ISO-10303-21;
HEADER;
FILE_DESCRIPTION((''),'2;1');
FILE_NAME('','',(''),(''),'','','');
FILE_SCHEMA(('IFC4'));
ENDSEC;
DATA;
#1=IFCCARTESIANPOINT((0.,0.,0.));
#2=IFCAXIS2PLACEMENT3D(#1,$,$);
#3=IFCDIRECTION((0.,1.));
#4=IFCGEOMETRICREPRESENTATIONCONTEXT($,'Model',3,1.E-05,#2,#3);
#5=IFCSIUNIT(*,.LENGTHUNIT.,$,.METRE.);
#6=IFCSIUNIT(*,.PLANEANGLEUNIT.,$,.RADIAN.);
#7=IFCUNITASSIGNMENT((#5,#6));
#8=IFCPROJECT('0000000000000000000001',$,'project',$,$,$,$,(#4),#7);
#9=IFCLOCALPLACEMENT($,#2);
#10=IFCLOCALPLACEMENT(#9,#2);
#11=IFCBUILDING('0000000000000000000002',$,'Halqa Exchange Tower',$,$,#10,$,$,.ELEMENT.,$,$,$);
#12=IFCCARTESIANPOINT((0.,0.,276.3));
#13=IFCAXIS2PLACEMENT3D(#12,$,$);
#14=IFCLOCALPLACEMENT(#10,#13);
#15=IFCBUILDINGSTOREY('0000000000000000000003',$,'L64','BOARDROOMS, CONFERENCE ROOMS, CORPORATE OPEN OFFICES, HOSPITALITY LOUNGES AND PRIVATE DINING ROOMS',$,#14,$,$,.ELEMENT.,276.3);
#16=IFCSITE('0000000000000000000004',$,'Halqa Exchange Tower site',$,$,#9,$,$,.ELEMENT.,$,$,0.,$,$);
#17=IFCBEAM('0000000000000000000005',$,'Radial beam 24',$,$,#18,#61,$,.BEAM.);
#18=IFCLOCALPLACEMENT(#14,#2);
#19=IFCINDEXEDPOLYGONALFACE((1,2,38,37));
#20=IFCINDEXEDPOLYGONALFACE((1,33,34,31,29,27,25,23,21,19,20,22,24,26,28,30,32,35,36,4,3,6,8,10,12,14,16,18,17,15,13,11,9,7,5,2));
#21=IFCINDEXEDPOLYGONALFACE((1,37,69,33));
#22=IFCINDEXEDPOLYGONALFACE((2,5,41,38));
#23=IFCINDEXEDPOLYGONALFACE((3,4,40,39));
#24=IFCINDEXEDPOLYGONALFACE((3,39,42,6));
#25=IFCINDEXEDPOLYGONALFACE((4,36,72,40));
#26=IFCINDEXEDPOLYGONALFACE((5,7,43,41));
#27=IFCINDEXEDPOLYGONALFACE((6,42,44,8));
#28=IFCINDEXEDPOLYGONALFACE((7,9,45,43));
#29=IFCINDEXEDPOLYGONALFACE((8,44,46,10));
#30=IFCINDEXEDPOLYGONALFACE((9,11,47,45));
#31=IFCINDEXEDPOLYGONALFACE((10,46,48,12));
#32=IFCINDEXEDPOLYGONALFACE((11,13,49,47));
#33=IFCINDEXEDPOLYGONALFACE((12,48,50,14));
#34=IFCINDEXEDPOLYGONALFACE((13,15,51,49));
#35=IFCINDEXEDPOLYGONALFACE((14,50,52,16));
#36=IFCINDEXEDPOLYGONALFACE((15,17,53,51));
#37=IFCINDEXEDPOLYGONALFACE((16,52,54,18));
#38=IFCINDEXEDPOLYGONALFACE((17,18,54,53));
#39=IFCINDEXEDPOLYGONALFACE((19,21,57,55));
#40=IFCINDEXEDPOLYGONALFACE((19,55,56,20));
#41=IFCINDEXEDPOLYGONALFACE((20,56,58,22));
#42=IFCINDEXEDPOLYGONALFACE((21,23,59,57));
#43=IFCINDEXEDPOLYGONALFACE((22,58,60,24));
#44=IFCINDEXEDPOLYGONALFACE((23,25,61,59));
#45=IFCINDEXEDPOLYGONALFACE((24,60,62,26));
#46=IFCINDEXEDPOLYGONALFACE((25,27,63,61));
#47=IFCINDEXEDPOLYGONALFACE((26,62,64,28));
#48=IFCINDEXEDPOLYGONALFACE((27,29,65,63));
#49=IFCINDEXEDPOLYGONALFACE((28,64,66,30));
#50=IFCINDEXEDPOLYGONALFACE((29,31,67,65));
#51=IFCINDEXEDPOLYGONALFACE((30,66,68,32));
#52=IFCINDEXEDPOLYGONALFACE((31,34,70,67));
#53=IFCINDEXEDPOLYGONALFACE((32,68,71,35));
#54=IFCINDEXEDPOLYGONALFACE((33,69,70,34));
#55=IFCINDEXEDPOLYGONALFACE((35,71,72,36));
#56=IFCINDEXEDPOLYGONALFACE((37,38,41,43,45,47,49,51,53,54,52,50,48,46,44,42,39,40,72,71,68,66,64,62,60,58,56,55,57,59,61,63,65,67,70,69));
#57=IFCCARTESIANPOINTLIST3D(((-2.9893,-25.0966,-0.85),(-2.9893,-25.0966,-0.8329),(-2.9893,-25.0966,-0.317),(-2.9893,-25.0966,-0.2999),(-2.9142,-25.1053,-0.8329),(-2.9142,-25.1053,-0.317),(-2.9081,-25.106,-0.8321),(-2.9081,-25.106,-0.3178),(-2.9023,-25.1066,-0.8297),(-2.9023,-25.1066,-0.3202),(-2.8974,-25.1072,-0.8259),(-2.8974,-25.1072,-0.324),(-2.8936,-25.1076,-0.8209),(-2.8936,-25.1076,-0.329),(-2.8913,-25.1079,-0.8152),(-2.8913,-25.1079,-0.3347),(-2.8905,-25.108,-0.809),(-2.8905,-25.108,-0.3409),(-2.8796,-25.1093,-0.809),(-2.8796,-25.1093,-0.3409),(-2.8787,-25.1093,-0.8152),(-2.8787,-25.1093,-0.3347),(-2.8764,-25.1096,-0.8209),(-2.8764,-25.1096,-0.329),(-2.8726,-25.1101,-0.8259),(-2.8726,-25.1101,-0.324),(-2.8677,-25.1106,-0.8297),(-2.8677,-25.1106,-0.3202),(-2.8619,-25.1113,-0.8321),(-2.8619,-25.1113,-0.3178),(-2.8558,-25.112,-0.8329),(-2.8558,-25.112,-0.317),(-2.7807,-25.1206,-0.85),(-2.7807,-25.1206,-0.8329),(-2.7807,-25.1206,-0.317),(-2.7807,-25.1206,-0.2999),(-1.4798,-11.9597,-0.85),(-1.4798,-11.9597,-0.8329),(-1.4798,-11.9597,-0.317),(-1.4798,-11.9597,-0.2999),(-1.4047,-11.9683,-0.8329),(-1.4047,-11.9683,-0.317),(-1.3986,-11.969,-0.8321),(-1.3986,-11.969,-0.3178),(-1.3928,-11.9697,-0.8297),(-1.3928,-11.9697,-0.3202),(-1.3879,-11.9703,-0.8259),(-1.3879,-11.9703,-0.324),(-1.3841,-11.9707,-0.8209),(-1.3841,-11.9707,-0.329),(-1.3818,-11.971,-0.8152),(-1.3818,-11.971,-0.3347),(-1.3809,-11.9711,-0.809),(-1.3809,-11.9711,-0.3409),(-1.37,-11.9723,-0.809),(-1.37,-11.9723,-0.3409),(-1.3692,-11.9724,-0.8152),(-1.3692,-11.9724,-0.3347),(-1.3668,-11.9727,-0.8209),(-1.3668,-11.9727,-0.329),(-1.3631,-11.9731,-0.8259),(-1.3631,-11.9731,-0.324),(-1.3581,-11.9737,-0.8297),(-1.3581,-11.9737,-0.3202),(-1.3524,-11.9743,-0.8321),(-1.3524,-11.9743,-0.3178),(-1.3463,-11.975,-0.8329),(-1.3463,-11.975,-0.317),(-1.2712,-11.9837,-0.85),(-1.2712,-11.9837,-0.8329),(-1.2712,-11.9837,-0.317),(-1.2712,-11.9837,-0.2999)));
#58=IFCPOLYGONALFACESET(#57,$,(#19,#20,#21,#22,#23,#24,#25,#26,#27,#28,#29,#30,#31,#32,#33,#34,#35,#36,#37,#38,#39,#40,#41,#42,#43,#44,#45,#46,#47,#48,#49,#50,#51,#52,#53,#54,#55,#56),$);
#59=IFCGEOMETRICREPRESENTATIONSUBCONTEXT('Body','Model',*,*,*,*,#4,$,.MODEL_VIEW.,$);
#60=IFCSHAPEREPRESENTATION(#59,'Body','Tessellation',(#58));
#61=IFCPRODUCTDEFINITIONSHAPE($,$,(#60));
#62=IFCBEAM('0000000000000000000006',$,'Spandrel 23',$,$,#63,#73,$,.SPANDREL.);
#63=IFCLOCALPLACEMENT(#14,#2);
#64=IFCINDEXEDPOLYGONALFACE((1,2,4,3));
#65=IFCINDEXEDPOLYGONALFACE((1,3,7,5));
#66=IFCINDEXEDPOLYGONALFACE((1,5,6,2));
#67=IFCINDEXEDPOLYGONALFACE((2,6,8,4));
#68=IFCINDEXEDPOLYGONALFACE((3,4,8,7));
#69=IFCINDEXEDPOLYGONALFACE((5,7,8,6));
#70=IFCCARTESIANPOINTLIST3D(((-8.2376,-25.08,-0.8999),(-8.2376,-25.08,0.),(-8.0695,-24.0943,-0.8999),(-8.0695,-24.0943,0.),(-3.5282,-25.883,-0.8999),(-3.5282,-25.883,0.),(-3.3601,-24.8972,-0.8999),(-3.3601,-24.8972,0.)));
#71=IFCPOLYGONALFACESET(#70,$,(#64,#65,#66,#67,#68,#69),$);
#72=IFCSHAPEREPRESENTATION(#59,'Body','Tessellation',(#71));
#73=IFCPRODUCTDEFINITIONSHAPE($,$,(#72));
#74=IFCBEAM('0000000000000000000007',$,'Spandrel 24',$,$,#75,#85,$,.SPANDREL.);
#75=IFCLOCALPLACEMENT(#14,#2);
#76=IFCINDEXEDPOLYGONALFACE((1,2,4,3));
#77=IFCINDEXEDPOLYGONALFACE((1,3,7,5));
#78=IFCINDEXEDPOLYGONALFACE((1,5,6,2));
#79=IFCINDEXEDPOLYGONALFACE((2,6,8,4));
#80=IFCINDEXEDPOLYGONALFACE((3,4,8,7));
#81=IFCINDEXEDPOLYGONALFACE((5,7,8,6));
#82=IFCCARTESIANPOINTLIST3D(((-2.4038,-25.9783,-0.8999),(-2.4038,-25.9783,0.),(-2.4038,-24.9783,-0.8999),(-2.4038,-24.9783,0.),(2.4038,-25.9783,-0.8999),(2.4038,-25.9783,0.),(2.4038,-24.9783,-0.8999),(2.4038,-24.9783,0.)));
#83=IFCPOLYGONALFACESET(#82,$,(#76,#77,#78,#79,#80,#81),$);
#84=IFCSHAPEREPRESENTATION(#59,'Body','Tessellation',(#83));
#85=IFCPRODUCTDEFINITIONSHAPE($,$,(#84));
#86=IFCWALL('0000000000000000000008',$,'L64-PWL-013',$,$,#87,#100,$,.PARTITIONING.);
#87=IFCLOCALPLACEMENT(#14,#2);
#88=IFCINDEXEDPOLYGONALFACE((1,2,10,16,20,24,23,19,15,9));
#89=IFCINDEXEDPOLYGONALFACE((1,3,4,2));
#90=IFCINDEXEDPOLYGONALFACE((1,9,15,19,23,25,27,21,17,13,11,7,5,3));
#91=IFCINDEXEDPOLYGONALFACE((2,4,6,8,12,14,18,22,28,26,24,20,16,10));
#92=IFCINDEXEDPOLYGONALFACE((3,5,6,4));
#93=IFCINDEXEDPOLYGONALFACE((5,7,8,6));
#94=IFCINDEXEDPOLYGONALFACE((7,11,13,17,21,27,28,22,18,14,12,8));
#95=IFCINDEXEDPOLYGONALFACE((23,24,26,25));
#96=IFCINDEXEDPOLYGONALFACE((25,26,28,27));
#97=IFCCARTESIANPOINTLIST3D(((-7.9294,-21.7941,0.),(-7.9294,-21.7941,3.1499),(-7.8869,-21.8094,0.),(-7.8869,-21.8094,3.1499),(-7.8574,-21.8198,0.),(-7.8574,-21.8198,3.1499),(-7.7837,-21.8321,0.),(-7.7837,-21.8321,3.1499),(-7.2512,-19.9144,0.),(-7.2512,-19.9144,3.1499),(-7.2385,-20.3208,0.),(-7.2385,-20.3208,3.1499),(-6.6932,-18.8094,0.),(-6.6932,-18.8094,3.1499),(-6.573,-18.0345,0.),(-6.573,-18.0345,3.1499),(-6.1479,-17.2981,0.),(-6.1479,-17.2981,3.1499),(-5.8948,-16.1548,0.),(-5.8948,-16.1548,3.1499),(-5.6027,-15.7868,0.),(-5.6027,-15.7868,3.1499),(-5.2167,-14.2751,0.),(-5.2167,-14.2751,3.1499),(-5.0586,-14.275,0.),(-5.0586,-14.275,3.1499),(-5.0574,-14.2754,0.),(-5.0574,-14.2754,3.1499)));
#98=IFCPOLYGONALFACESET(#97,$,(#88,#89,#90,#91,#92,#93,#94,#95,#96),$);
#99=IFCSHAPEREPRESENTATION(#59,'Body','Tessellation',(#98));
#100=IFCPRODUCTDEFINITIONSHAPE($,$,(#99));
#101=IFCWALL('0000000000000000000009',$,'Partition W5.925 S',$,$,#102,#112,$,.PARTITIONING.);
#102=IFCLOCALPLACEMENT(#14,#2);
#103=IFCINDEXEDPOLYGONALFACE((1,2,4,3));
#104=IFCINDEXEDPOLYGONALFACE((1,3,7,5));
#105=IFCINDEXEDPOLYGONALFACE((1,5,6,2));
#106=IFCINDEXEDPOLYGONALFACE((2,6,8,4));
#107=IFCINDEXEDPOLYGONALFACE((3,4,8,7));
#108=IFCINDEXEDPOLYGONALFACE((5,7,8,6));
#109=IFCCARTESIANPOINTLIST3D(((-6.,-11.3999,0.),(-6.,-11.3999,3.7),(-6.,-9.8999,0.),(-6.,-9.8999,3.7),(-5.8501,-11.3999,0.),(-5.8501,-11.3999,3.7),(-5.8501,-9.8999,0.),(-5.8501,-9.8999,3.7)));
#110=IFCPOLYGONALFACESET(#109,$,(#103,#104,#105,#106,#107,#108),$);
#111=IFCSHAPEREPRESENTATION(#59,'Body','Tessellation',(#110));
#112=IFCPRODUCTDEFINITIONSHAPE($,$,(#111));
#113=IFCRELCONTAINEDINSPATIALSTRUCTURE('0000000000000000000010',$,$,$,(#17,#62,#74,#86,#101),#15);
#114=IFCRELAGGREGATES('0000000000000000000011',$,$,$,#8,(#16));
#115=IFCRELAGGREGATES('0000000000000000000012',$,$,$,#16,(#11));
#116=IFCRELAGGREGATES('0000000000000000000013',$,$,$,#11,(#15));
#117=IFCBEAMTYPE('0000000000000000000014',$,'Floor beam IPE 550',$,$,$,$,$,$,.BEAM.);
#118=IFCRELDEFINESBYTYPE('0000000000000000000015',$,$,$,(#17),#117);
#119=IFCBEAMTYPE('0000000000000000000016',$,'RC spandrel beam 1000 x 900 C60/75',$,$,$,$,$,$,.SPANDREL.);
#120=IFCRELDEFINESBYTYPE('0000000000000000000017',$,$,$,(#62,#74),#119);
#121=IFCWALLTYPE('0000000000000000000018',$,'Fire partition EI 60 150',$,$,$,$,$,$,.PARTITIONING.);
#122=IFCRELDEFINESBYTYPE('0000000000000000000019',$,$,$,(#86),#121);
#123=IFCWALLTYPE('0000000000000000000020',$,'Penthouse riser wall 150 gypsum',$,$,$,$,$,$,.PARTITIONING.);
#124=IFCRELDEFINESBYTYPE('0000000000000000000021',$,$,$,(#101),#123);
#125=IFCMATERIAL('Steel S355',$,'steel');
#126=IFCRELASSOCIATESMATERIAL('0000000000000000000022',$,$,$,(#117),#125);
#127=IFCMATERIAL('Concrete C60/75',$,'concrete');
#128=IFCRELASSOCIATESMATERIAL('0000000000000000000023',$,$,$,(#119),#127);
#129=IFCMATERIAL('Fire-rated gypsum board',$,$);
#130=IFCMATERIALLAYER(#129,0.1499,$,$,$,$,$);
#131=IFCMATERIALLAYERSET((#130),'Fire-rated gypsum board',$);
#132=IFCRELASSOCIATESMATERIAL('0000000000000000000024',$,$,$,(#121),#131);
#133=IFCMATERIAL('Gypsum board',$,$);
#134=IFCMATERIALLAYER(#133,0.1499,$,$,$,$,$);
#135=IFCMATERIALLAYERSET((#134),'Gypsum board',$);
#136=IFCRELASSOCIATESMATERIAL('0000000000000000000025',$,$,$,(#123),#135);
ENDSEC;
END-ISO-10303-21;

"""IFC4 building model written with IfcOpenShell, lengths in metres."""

from ifc_helpers import new_model, si_unit, direction, frame, frame_2d, origin, origin_2d, place, context, subcontext, project, spatial, polyline, rectangle, i_section, outline, extrude, material, layer, layer_set, material_profile, profile_set, type_object, element, save


model = new_model("IFC4")

# Units and contexts
model_context = context("Model", 3, precision=1e-05, world=origin(), true_north=direction((0.0, 1.0)))
body_context = subcontext(model_context, "Body", "Model", "MODEL_VIEW")
ifc_project = project(units=[si_unit("LENGTHUNIT", "METRE"), si_unit("PLANEANGLEUNIT", "RADIAN")], contexts=[model_context])

# Site, building, storey
site_placement = place(None, origin())
site = spatial("IfcSite", under=ifc_project, at=site_placement, Name="Halqa Exchange Tower site", CompositionType="ELEMENT", RefElevation=0.0)
building_placement = place(site_placement, origin())
building = spatial("IfcBuilding", under=site, at=building_placement, Name="Halqa Exchange Tower", CompositionType="ELEMENT")
storey_placement = place(building_placement, frame((0.0, 0.0, 276.3)))
storey = spatial("IfcBuildingStorey", under=building, at=storey_placement, Name="L64", Description="BOARDROOMS, CONFERENCE ROOMS, CORPORATE OPEN OFFICES, HOSPITALITY LOUNGES AND PRIVATE DINING ROOMS", CompositionType="ELEMENT", Elevation=276.3)

# Shared definitions
ifc_material_1 = material(Name="Concrete C60/75", Category="concrete")

# Beams
ifc_material_2 = material(Name="Steel S355", Category="steel")
ifc_material_profile_1 = material_profile(ifc_material_2, i_section(OverallWidth=0.21, OverallDepth=0.55, WebThickness=0.011, FlangeThickness=0.0171, FilletRadius=0.0239, at=origin_2d()), Name="IPE 550")
ifc_profile_set_1 = profile_set([ifc_material_profile_1], Name="Steel S355")
beam_type_1 = type_object("IfcBeamType", Name="Floor beam IPE 550", PredefinedType="BEAM", material=ifc_profile_set_1)
beam_1_placement = place(storey_placement, frame((-1.3755, -11.9717, -0.575), z_axis=(-0.114155, -0.993463, 0.0), x_axis=(0.993463, -0.114155, 0.0)))
element("IfcBeam", 1, at=beam_1_placement, inside=storey, type_object=beam_type_1, Name="Radial beam 24", PredefinedType="BEAM", context=body_context, shape_type="SweptSolid", body=[
    extrude(i_section(OverallWidth=0.21, OverallDepth=0.55, WebThickness=0.011, FlangeThickness=0.0171, FilletRadius=0.0239, at=origin_2d()), origin(), (0.0, 0.0, 1.0), 13.2234),
])
ifc_material_profile_2 = material_profile(ifc_material_1, rectangle(XDim=1.0, YDim=0.8999, at=origin_2d()), Name="1000 x 900")
ifc_profile_set_2 = profile_set([ifc_material_profile_2], Name="Concrete C60/75")
beam_type_2 = type_object("IfcBeamType", Name="RC spandrel beam 1000 x 900 C60/75", PredefinedType="SPANDREL", material=ifc_profile_set_2)
beam_2_placement = place(storey_placement, frame((-8.1536, -24.5872, -0.45), z_axis=(0.985774, -0.168077, 0.0), x_axis=(0.168077, 0.985774, 0.0)))
element("IfcBeam", 2, at=beam_2_placement, inside=storey, type_object=beam_type_2, Name="Spandrel 23", PredefinedType="SPANDREL", context=body_context, shape_type="SweptSolid", body=[
    extrude(rectangle(XDim=1.0, YDim=0.8999, at=origin_2d()), origin(), (0.0, 0.0, 1.0), 4.7773),
])
beam_3_placement = place(storey_placement, frame((-2.4038, -25.4783, -0.45), z_axis=(1.0, 0.0, 0.0), x_axis=(0.0, 1.0, 0.0)))
element("IfcBeam", 3, at=beam_3_placement, inside=storey, type_object=beam_type_2, Name="Spandrel 24", PredefinedType="SPANDREL", context=body_context, shape_type="SweptSolid", body=[
    extrude(rectangle(XDim=1.0, YDim=0.8999, at=origin_2d()), origin(), (0.0, 0.0, 1.0), 4.8076),
])

# Walls
ifc_material_3 = material(Name="Fire-rated gypsum board")
ifc_layer_1 = layer(ifc_material_3, 0.1499)
ifc_layer_set_1 = layer_set([ifc_layer_1], Name="Fire-rated gypsum board")
wall_type_1 = type_object("IfcWallType", Name="Fire partition EI 60 150", PredefinedType="PARTITIONING", material=ifc_layer_set_1)
wall_1_placement = place(storey_placement, frame((-5.1279, -14.25, 0.0), z_axis=(0.0, 0.0, 1.0), x_axis=(-0.339369, -0.940653, 0.0)))
element("IfcWall", 4, at=wall_1_placement, inside=storey, type_object=wall_type_1, Name="L64-PWL-013", PredefinedType="PARTITIONING", context=body_context, shape_type="SweptSolid", body=[
    extrude(outline(polyline([(8.0471, -0.075), (8.0471, -0.0298), (8.0469, 0.0015), (8.0334, 0.075), (6.4268, 0.075), (4.8201, 0.075), (3.2134, 0.075), (1.6067, 0.075), (0.0, 0.075), (0.0, 0.0737), (0.0537, -0.075), (2.052, -0.075), (4.0503, -0.075), (6.0488, -0.075), (8.0471, -0.075)])), origin(), (0.0, 0.0, 1.0), 3.1499),
])
ifc_material_4 = material(Name="Gypsum board")
ifc_layer_2 = layer(ifc_material_4, 0.1499)
ifc_layer_set_2 = layer_set([ifc_layer_2], Name="Gypsum board")
wall_type_2 = type_object("IfcWallType", Name="Penthouse riser wall 150 gypsum", PredefinedType="PARTITIONING", material=ifc_layer_set_2)
wall_2_placement = place(storey_placement, frame((-5.925, -11.3999, 0.0), z_axis=(0.0, 0.0, 1.0), x_axis=(0.0, 1.0, 0.0)))
element("IfcWall", 5, at=wall_2_placement, inside=storey, type_object=wall_type_2, Name="Partition W5.925 S", PredefinedType="PARTITIONING", context=body_context, shape_type="SweptSolid", body=[
    extrude(rectangle(XDim=1.5, YDim=0.1499, at=frame_2d((0.75, 0.0))), origin(), (0.0, 0.0, 1.0), 3.7),
])

save(model, "model.ifc")
